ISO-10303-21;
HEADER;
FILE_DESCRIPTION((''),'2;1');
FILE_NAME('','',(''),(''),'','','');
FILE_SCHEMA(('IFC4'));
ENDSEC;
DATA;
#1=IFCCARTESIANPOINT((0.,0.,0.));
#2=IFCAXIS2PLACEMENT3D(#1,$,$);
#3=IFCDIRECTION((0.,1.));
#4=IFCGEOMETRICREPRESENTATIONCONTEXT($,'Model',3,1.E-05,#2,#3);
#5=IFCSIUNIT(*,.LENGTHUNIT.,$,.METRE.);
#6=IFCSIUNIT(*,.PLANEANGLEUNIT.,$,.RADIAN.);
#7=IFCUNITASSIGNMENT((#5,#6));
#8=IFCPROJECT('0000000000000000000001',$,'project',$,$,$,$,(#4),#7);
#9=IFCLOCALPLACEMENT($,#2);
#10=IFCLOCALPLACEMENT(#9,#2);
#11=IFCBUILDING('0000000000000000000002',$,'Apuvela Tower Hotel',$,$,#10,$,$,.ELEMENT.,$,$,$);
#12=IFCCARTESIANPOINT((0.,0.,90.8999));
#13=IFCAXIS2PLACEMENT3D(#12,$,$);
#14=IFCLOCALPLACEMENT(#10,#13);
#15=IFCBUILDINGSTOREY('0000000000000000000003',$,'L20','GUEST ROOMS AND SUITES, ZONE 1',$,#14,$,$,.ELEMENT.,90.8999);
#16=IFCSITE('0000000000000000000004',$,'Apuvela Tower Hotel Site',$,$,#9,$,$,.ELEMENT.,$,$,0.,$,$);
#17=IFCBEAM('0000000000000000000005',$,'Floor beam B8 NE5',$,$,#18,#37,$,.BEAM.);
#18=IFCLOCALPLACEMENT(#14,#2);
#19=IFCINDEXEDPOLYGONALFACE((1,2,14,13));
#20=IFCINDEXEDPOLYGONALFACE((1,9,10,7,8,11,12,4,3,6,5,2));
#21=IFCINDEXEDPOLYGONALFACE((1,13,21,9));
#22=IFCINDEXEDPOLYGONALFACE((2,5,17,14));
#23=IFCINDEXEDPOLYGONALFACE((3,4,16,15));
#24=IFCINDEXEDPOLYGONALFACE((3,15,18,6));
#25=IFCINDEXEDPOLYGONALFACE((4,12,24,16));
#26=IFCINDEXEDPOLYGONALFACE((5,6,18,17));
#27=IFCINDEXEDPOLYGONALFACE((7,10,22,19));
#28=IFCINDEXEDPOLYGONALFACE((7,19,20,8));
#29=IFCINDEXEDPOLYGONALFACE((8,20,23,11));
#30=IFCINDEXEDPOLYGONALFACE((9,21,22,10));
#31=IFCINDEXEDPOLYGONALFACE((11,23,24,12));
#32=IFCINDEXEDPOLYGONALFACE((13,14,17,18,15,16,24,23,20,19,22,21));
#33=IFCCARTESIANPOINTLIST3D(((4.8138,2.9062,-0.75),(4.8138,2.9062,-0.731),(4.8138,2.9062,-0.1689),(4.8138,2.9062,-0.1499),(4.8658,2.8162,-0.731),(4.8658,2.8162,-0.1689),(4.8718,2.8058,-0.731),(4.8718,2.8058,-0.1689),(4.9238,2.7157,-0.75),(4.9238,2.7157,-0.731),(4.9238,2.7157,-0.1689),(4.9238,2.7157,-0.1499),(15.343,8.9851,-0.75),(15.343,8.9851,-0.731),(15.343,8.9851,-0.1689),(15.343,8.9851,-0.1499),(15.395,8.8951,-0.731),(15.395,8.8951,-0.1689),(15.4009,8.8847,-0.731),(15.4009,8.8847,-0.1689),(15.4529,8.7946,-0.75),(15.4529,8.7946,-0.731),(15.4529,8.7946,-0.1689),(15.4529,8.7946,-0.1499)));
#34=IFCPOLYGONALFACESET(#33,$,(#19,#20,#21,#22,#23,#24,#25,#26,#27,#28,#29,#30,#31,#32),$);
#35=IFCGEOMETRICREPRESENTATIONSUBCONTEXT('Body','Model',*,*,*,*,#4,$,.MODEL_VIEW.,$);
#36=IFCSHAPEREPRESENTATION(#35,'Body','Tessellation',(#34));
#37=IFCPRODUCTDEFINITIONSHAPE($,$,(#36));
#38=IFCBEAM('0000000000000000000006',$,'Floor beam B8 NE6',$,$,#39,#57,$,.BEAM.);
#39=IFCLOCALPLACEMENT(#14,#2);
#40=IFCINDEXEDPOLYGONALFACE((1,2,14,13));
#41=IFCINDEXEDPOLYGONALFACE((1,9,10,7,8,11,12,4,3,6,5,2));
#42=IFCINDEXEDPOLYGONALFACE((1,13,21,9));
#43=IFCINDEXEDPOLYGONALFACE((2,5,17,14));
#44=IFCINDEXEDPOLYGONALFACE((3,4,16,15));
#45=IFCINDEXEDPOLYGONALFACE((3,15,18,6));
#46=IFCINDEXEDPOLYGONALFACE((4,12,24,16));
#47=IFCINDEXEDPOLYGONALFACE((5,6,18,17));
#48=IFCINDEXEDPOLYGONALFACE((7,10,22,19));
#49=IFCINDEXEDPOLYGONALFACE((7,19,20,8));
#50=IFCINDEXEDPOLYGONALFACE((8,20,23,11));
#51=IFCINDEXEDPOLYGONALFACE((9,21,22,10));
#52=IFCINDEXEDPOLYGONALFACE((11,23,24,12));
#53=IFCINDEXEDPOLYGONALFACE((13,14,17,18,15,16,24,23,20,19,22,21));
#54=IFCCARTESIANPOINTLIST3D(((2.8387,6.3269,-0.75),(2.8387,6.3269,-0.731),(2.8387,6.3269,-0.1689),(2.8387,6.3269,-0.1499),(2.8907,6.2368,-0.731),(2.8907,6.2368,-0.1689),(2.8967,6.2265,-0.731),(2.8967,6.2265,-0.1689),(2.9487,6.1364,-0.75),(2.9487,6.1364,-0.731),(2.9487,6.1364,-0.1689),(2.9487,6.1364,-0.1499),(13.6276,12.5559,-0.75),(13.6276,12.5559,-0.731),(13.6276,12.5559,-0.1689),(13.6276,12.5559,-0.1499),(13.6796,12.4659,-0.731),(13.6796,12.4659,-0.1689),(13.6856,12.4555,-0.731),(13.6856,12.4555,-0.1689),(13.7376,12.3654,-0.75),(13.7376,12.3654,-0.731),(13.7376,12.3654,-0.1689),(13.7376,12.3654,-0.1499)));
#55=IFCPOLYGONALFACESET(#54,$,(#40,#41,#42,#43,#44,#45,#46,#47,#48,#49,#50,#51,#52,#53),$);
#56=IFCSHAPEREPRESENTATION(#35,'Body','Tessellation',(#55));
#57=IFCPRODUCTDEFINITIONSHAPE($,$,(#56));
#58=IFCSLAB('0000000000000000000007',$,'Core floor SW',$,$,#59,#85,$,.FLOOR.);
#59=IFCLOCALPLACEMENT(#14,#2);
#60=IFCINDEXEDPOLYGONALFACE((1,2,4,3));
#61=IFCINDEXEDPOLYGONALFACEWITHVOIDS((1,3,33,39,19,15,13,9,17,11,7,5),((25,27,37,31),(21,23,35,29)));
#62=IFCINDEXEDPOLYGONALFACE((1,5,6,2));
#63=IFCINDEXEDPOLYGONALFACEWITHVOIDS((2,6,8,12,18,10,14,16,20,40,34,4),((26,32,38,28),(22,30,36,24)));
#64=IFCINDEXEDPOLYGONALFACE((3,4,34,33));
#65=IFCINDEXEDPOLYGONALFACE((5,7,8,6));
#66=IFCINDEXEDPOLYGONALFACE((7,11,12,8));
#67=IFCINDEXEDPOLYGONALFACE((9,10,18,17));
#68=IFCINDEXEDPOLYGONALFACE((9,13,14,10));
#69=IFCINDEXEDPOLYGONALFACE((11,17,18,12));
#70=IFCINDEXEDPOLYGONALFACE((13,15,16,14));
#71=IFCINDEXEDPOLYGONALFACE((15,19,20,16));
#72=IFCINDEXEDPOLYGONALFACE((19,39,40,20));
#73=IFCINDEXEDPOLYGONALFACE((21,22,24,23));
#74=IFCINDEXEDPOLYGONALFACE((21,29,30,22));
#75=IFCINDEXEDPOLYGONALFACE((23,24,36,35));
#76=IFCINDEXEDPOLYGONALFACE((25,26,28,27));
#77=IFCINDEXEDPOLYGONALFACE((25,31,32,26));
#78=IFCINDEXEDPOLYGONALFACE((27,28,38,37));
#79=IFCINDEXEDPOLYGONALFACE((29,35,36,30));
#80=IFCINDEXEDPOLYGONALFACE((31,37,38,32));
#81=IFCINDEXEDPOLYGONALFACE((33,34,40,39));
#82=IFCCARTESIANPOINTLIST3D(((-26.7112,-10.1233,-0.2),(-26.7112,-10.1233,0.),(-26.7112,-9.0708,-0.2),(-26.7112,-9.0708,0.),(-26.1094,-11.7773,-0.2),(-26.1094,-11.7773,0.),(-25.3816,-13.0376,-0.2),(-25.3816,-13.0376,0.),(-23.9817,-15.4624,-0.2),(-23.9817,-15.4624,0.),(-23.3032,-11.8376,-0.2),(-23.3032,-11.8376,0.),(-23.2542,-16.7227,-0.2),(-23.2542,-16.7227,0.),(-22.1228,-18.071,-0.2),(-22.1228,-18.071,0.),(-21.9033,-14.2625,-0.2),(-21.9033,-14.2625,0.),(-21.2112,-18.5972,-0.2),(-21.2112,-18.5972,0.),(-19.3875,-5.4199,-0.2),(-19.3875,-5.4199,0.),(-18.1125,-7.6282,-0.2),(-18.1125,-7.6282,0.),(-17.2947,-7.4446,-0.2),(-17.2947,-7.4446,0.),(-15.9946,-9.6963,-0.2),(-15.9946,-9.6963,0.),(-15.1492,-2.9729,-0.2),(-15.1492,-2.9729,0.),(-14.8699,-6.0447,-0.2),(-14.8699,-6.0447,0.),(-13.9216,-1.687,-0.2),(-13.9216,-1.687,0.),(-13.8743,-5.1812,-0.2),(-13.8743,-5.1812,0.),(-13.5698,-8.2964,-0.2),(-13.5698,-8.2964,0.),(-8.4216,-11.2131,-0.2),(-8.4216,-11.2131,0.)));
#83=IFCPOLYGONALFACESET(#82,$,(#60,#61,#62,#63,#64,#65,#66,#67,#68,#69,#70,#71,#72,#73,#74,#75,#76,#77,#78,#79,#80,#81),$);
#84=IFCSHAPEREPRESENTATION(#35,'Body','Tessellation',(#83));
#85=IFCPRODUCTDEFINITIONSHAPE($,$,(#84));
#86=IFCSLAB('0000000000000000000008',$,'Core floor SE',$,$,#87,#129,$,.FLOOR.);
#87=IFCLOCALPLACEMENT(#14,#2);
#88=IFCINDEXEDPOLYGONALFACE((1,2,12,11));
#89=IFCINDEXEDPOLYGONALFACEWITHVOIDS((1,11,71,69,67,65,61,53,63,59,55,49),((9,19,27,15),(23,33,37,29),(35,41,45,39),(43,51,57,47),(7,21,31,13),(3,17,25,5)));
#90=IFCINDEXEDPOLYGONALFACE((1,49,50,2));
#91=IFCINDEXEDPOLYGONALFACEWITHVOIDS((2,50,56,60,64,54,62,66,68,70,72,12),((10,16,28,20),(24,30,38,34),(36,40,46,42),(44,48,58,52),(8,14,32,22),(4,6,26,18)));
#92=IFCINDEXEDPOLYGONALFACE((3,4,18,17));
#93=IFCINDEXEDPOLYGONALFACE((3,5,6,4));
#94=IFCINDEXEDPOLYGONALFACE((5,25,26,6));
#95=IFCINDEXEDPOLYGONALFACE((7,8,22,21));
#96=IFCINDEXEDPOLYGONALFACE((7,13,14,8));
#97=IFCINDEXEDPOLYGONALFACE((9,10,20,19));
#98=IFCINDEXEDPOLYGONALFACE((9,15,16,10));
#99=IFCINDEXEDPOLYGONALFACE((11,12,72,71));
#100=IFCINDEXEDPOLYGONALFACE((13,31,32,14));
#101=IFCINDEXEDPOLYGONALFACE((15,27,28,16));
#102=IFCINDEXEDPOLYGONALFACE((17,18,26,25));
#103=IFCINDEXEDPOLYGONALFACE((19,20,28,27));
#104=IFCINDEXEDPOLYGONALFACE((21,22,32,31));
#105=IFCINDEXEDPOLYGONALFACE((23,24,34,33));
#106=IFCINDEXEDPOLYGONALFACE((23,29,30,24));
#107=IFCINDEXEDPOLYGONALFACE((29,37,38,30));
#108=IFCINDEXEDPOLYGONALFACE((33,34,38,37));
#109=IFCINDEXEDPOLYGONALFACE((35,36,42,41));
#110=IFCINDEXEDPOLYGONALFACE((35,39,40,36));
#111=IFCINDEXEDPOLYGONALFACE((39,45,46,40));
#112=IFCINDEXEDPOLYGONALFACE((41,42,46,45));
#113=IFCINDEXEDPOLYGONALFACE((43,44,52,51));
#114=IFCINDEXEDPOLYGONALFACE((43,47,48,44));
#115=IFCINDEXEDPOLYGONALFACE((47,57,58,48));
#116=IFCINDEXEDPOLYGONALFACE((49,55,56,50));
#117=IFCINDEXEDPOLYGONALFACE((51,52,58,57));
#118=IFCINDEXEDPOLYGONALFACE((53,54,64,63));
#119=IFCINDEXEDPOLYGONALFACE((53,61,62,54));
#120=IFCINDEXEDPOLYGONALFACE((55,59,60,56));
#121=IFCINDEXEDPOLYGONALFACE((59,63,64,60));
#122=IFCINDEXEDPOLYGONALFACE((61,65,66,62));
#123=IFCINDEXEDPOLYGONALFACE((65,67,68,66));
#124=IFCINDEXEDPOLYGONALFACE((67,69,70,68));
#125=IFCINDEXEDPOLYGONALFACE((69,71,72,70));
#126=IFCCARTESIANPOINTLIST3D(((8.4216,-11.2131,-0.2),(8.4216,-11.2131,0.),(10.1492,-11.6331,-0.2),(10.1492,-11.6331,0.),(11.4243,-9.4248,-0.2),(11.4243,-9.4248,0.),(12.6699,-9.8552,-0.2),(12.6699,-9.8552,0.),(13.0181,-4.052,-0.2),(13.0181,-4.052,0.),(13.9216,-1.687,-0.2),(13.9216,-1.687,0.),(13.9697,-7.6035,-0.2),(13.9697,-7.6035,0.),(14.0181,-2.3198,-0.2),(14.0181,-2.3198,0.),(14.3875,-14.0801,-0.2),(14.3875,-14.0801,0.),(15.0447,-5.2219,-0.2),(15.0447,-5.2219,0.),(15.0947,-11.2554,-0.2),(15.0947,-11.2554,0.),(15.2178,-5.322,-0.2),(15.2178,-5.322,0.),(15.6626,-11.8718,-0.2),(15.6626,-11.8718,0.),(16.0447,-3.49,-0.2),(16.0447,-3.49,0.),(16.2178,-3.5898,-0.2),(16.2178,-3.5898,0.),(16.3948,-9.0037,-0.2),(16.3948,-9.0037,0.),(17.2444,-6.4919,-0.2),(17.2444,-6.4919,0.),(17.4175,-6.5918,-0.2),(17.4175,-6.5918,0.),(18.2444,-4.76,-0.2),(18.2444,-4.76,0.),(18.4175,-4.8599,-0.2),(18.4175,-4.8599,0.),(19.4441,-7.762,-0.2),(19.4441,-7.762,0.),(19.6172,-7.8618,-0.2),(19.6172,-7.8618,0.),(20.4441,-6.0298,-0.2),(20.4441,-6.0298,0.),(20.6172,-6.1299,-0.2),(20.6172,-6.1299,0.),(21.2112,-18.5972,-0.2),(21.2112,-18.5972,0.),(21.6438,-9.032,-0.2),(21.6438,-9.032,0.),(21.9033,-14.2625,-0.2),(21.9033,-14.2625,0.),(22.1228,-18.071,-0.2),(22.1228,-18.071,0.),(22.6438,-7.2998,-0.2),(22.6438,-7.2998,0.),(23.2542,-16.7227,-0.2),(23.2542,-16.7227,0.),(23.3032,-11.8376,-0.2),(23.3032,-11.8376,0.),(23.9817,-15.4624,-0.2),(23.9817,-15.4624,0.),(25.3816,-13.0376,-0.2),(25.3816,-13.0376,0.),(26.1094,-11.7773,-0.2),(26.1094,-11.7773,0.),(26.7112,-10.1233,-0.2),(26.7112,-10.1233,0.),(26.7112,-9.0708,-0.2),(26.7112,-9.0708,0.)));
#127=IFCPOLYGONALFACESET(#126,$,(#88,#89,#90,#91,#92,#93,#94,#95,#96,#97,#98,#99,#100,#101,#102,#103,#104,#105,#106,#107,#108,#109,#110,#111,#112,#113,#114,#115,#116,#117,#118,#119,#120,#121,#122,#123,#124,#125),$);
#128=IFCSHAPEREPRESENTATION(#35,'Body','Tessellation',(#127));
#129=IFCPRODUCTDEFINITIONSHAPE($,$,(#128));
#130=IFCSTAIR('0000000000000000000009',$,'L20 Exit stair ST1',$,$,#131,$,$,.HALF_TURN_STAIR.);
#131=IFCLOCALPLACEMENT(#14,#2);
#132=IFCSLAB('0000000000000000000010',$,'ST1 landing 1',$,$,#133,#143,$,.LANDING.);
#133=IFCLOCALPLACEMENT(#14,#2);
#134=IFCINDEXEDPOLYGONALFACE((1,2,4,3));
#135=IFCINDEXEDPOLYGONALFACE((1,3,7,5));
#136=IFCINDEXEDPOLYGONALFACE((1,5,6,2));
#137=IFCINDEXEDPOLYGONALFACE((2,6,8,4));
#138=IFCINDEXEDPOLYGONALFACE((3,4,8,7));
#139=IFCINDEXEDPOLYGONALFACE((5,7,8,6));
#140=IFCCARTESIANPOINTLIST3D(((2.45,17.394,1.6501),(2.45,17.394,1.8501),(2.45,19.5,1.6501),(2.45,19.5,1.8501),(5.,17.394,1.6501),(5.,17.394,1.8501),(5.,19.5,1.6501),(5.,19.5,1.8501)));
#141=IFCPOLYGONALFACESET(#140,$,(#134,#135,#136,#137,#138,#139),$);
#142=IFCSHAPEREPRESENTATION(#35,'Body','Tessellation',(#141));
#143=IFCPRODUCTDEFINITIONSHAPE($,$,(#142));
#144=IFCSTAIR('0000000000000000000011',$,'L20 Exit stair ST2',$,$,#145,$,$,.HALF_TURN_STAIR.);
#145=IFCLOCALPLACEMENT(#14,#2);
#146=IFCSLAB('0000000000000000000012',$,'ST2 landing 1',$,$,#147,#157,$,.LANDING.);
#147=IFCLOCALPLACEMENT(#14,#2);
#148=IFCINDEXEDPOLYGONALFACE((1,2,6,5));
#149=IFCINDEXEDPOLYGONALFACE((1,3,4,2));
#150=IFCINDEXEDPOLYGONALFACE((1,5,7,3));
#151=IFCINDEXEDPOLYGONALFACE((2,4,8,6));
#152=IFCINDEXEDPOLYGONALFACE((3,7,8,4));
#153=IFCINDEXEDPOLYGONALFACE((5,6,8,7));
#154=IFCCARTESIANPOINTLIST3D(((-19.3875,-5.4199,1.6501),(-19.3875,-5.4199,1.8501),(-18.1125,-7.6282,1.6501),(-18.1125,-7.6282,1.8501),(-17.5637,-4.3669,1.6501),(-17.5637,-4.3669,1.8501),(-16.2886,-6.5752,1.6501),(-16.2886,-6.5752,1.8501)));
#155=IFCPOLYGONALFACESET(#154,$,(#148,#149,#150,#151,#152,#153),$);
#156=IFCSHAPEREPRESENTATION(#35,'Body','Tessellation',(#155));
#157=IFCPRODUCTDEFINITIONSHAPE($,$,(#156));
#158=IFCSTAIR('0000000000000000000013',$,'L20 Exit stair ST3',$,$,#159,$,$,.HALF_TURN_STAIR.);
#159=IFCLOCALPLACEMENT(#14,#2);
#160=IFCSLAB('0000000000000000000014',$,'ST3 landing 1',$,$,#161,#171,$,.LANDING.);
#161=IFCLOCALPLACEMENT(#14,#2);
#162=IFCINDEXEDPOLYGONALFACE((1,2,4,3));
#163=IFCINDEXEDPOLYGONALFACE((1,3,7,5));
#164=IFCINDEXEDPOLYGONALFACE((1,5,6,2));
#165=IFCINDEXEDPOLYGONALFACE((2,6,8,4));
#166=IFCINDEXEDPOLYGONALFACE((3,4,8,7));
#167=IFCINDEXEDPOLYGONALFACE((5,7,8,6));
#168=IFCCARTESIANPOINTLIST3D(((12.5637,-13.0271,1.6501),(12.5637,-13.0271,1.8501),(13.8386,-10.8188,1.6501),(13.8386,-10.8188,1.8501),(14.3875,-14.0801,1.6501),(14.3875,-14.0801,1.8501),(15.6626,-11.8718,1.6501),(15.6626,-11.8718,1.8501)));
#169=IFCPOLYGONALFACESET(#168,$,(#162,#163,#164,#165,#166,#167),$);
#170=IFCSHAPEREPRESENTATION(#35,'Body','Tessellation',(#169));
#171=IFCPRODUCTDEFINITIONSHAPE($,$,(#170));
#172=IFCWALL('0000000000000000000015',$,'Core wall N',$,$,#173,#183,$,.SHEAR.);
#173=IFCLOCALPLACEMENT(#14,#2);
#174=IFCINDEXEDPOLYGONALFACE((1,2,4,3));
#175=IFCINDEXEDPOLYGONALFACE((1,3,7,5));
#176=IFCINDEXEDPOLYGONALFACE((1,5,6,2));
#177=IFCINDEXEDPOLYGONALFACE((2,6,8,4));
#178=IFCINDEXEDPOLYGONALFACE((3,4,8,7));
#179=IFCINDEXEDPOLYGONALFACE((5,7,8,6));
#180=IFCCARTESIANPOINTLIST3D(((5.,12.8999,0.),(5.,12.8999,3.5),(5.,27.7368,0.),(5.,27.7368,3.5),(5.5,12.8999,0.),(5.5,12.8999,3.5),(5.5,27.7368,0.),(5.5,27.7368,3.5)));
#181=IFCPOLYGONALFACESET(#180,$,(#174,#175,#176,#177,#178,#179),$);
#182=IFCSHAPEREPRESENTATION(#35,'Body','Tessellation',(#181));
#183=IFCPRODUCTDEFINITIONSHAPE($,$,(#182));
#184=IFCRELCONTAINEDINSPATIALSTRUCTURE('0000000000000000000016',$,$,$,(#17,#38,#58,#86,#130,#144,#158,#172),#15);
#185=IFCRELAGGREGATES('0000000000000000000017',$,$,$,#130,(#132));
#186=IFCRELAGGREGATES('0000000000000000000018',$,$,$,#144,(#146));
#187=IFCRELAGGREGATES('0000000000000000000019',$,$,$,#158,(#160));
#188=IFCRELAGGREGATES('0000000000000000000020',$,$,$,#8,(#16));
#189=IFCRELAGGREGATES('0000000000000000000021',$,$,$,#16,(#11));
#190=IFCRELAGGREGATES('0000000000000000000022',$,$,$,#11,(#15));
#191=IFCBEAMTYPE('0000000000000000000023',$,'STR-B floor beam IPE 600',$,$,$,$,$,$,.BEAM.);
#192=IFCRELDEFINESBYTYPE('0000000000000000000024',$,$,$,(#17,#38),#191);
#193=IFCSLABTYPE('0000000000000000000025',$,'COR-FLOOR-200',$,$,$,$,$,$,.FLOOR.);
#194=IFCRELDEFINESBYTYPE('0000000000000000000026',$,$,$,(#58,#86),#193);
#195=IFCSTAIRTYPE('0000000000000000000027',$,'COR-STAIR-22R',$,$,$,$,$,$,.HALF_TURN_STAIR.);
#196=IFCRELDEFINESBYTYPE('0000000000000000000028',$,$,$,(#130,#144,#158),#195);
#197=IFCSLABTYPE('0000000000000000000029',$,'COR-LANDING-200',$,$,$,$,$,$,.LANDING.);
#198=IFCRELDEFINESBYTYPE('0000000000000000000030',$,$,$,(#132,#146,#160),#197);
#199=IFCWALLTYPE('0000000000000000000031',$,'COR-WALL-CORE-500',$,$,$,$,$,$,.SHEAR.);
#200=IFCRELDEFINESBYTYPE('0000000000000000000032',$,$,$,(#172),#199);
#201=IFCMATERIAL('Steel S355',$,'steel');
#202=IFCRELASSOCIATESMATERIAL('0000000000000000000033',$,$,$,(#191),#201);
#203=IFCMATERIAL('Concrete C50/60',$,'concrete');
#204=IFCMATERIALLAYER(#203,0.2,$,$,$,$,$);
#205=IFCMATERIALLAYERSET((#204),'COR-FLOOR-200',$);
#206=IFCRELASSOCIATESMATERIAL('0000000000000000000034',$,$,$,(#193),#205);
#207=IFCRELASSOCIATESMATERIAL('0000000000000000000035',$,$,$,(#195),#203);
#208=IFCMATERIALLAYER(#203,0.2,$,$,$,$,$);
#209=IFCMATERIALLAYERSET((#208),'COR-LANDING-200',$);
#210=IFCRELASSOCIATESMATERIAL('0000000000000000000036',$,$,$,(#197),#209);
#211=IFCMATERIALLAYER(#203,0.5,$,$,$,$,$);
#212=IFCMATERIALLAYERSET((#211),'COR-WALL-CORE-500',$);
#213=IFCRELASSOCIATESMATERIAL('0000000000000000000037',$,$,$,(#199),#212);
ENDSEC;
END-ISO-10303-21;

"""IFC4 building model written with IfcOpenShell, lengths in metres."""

from ifc_helpers import new_model, si_unit, direction, frame, frame_2d, origin, origin_2d, place, context, subcontext, project, spatial, polyline, rectangle, i_section, outline, extrude, material, layer, layer_set, material_profile, profile_set, type_object, element, aggregate, save


model = new_model("IFC4")

# Units and contexts
model_context = context("Model", 3, precision=1e-05, world=origin(), true_north=direction((0.0, 1.0)))
body_context = subcontext(model_context, "Body", "Model", "MODEL_VIEW")
ifc_project = project(units=[si_unit("LENGTHUNIT", "METRE"), si_unit("PLANEANGLEUNIT", "RADIAN")], contexts=[model_context])

# Site, building, storey
site_placement = place(None, origin())
site = spatial("IfcSite", under=ifc_project, at=site_placement, Name="Apuvela Tower Hotel Site", CompositionType="ELEMENT", RefElevation=0.0)
building_placement = place(site_placement, origin())
building = spatial("IfcBuilding", under=site, at=building_placement, Name="Apuvela Tower Hotel", CompositionType="ELEMENT")
storey_placement = place(building_placement, frame((0.0, 0.0, 90.8999)))
storey = spatial("IfcBuildingStorey", under=building, at=storey_placement, Name="L20", Description="GUEST ROOMS AND SUITES, ZONE 1", CompositionType="ELEMENT", Elevation=90.8999)

# Beams
ifc_material_1 = material(Name="Steel S355", Category="steel")
ifc_material_profile = material_profile(ifc_material_1, i_section(OverallWidth=0.22, OverallDepth=0.6001, WebThickness=0.012, FlangeThickness=0.019, at=origin_2d()), Name="IPE 600")
ifc_profile_set = profile_set([ifc_material_profile], Name="Steel S355")
beam_type = type_object("IfcBeamType", Name="STR-B floor beam IPE 600", PredefinedType="BEAM", material=ifc_profile_set)
beam_1_placement = place(storey_placement, frame((15.3979, 8.8899, -0.45), z_axis=(-0.866029, -0.499994, 0.0), x_axis=(0.499994, -0.866029, 0.0)))
element("IfcBeam", 1, at=beam_1_placement, inside=storey, type_object=beam_type, Name="Floor beam B8 NE5", PredefinedType="BEAM", context=body_context, shape_type="SweptSolid", body=[
    extrude(i_section(OverallWidth=0.22, OverallDepth=0.6001, WebThickness=0.012, FlangeThickness=0.019, at=origin_2d()), origin(), (0.0, 0.0, 1.0), 12.158),
])
beam_2_placement = place(storey_placement, frame((13.6826, 12.4607, -0.45), z_axis=(-0.866023, -0.500005, 0.0), x_axis=(0.500005, -0.866023, 0.0)))
element("IfcBeam", 2, at=beam_2_placement, inside=storey, type_object=beam_type, Name="Floor beam B8 NE6", PredefinedType="BEAM", context=body_context, shape_type="SweptSolid", body=[
    extrude(i_section(OverallWidth=0.22, OverallDepth=0.6001, WebThickness=0.012, FlangeThickness=0.019, at=origin_2d()), origin(), (0.0, 0.0, 1.0), 12.458),
])

# Slabs
ifc_material_2 = material(Name="Concrete C50/60", Category="concrete")
ifc_layer_1 = layer(ifc_material_2, 0.2)
ifc_layer_set_1 = layer_set([ifc_layer_1], Name="COR-FLOOR-200")
slab_type_1 = type_object("IfcSlabType", Name="COR-FLOOR-200", PredefinedType="FLOOR", material=ifc_layer_set_1)
slab_1_placement = place(storey_placement, frame((0.0, 0.0, -0.2)))
element("IfcSlab", 3, at=slab_1_placement, inside=storey, type_object=slab_type_1, Name="Core floor SW", PredefinedType="FLOOR", context=body_context, shape_type="SweptSolid", body=[
    extrude(outline(polyline([(-26.7112, -9.0708), (-26.7112, -10.1233), (-26.1094, -11.7773), (-25.3816, -13.0376), (-23.3032, -11.8376), (-21.9033, -14.2625), (-23.9817, -15.4624), (-23.2542, -16.7227), (-22.1228, -18.071), (-21.2112, -18.5972), (-8.4216, -11.2131), (-13.9216, -1.687), (-26.7112, -9.0708)]), holes=[polyline([(-13.8743, -5.1812), (-18.1125, -7.6282), (-19.3875, -5.4199), (-15.1492, -2.9729), (-13.8743, -5.1812)]), polyline([(-13.5698, -8.2964), (-15.9946, -9.6963), (-17.2947, -7.4446), (-14.8699, -6.0447), (-13.5698, -8.2964)])]), origin(), (0.0, 0.0, 1.0), 0.2),
])
slab_2_placement = place(storey_placement, frame((0.0, 0.0, -0.2)))
element("IfcSlab", 4, at=slab_2_placement, inside=storey, type_object=slab_type_1, Name="Core floor SE", PredefinedType="FLOOR", context=body_context, shape_type="SweptSolid", body=[
    extrude(outline(polyline([(21.2112, -18.5972), (22.1228, -18.071), (23.2542, -16.7227), (23.9817, -15.4624), (21.9033, -14.2625), (23.3032, -11.8376), (25.3816, -13.0376), (26.1094, -11.7773), (26.7112, -10.1233), (26.7112, -9.0708), (13.9216, -1.687), (8.4216, -11.2131), (21.2112, -18.5972)]), holes=[polyline([(13.0181, -4.052), (14.0181, -2.3198), (16.0447, -3.49), (15.0447, -5.2219), (13.0181, -4.052)]), polyline([(17.2444, -6.4919), (15.2178, -5.322), (16.2178, -3.5898), (18.2444, -4.76), (17.2444, -6.4919)]), polyline([(14.3875, -14.0801), (10.1492, -11.6331), (11.4243, -9.4248), (15.6626, -11.8718), (14.3875, -14.0801)]), polyline([(12.6699, -9.8552), (13.9697, -7.6035), (16.3948, -9.0037), (15.0947, -11.2554), (12.6699, -9.8552)]), polyline([(19.4441, -7.762), (17.4175, -6.5918), (18.4175, -4.8599), (20.4441, -6.0298), (19.4441, -7.762)]), polyline([(21.6438, -9.032), (19.6172, -7.8618), (20.6172, -6.1299), (22.6438, -7.2998), (21.6438, -9.032)])]), origin(), (0.0, 0.0, 1.0), 0.2),
])

# Stairs, slabs
stair_type = type_object("IfcStairType", Name="COR-STAIR-22R", PredefinedType="HALF_TURN_STAIR", material=ifc_material_2)
stair_1_placement = place(storey_placement, origin())
stair_1 = element("IfcStair", 5, at=stair_1_placement, inside=storey, type_object=stair_type, Name="L20 Exit stair ST1", PredefinedType="HALF_TURN_STAIR")
ifc_layer_2 = layer(ifc_material_2, 0.2)
ifc_layer_set_2 = layer_set([ifc_layer_2], Name="COR-LANDING-200")
slab_type_2 = type_object("IfcSlabType", Name="COR-LANDING-200", PredefinedType="LANDING", material=ifc_layer_set_2)
slab_3_placement = place(storey_placement, frame((0.0, 0.0, 1.6501)))
slab_3 = element("IfcSlab", 6, at=slab_3_placement, type_object=slab_type_2, Name="ST1 landing 1", PredefinedType="LANDING", context=body_context, shape_type="SweptSolid", body=[
    extrude(outline(polyline([(5.0, 17.394), (5.0, 19.5), (2.45, 19.5), (2.45, 17.394), (5.0, 17.394)])), origin(), (0.0, 0.0, 1.0), 0.2),
])
aggregate(stair_1, [slab_3])
stair_2_placement = place(storey_placement, origin())
stair_2 = element("IfcStair", 7, at=stair_2_placement, inside=storey, type_object=stair_type, Name="L20 Exit stair ST2", PredefinedType="HALF_TURN_STAIR")
slab_4_placement = place(storey_placement, frame((0.0, 0.0, 1.6501)))
slab_4 = element("IfcSlab", 8, at=slab_4_placement, type_object=slab_type_2, Name="ST2 landing 1", PredefinedType="LANDING", context=body_context, shape_type="SweptSolid", body=[
    extrude(outline(polyline([(-17.5637, -4.3669), (-19.3875, -5.4199), (-18.1125, -7.6282), (-16.2886, -6.5752), (-17.5637, -4.3669)])), origin(), (0.0, 0.0, 1.0), 0.2),
])
aggregate(stair_2, [slab_4])
stair_3_placement = place(storey_placement, origin())
stair_3 = element("IfcStair", 9, at=stair_3_placement, inside=storey, type_object=stair_type, Name="L20 Exit stair ST3", PredefinedType="HALF_TURN_STAIR")
slab_5_placement = place(storey_placement, frame((0.0, 0.0, 1.6501)))
slab_5 = element("IfcSlab", 10, at=slab_5_placement, type_object=slab_type_2, Name="ST3 landing 1", PredefinedType="LANDING", context=body_context, shape_type="SweptSolid", body=[
    extrude(outline(polyline([(12.5637, -13.0271), (14.3875, -14.0801), (15.6626, -11.8718), (13.8386, -10.8188), (12.5637, -13.0271)])), origin(), (0.0, 0.0, 1.0), 0.2),
])
aggregate(stair_3, [slab_5])

# Wall
ifc_layer_3 = layer(ifc_material_2, 0.5)
ifc_layer_set_3 = layer_set([ifc_layer_3], Name="COR-WALL-CORE-500")
wall_type_1 = type_object("IfcWallType", Name="COR-WALL-CORE-500", PredefinedType="SHEAR", material=ifc_layer_set_3)
wall_1_placement = place(storey_placement, frame((5.25, 12.8999, 0.0), z_axis=(0.0, 0.0, 1.0), x_axis=(0.0, 1.0, 0.0)))
element("IfcWall", 11, at=wall_1_placement, inside=storey, type_object=wall_type_1, Name="Core wall N", PredefinedType="SHEAR", context=body_context, shape_type="SweptSolid", body=[
    extrude(rectangle(XDim=14.8369, YDim=0.5, at=frame_2d((7.4185, 0.0))), origin(), (0.0, 0.0, 1.0), 3.5),
])

save(model, "model.ifc")
